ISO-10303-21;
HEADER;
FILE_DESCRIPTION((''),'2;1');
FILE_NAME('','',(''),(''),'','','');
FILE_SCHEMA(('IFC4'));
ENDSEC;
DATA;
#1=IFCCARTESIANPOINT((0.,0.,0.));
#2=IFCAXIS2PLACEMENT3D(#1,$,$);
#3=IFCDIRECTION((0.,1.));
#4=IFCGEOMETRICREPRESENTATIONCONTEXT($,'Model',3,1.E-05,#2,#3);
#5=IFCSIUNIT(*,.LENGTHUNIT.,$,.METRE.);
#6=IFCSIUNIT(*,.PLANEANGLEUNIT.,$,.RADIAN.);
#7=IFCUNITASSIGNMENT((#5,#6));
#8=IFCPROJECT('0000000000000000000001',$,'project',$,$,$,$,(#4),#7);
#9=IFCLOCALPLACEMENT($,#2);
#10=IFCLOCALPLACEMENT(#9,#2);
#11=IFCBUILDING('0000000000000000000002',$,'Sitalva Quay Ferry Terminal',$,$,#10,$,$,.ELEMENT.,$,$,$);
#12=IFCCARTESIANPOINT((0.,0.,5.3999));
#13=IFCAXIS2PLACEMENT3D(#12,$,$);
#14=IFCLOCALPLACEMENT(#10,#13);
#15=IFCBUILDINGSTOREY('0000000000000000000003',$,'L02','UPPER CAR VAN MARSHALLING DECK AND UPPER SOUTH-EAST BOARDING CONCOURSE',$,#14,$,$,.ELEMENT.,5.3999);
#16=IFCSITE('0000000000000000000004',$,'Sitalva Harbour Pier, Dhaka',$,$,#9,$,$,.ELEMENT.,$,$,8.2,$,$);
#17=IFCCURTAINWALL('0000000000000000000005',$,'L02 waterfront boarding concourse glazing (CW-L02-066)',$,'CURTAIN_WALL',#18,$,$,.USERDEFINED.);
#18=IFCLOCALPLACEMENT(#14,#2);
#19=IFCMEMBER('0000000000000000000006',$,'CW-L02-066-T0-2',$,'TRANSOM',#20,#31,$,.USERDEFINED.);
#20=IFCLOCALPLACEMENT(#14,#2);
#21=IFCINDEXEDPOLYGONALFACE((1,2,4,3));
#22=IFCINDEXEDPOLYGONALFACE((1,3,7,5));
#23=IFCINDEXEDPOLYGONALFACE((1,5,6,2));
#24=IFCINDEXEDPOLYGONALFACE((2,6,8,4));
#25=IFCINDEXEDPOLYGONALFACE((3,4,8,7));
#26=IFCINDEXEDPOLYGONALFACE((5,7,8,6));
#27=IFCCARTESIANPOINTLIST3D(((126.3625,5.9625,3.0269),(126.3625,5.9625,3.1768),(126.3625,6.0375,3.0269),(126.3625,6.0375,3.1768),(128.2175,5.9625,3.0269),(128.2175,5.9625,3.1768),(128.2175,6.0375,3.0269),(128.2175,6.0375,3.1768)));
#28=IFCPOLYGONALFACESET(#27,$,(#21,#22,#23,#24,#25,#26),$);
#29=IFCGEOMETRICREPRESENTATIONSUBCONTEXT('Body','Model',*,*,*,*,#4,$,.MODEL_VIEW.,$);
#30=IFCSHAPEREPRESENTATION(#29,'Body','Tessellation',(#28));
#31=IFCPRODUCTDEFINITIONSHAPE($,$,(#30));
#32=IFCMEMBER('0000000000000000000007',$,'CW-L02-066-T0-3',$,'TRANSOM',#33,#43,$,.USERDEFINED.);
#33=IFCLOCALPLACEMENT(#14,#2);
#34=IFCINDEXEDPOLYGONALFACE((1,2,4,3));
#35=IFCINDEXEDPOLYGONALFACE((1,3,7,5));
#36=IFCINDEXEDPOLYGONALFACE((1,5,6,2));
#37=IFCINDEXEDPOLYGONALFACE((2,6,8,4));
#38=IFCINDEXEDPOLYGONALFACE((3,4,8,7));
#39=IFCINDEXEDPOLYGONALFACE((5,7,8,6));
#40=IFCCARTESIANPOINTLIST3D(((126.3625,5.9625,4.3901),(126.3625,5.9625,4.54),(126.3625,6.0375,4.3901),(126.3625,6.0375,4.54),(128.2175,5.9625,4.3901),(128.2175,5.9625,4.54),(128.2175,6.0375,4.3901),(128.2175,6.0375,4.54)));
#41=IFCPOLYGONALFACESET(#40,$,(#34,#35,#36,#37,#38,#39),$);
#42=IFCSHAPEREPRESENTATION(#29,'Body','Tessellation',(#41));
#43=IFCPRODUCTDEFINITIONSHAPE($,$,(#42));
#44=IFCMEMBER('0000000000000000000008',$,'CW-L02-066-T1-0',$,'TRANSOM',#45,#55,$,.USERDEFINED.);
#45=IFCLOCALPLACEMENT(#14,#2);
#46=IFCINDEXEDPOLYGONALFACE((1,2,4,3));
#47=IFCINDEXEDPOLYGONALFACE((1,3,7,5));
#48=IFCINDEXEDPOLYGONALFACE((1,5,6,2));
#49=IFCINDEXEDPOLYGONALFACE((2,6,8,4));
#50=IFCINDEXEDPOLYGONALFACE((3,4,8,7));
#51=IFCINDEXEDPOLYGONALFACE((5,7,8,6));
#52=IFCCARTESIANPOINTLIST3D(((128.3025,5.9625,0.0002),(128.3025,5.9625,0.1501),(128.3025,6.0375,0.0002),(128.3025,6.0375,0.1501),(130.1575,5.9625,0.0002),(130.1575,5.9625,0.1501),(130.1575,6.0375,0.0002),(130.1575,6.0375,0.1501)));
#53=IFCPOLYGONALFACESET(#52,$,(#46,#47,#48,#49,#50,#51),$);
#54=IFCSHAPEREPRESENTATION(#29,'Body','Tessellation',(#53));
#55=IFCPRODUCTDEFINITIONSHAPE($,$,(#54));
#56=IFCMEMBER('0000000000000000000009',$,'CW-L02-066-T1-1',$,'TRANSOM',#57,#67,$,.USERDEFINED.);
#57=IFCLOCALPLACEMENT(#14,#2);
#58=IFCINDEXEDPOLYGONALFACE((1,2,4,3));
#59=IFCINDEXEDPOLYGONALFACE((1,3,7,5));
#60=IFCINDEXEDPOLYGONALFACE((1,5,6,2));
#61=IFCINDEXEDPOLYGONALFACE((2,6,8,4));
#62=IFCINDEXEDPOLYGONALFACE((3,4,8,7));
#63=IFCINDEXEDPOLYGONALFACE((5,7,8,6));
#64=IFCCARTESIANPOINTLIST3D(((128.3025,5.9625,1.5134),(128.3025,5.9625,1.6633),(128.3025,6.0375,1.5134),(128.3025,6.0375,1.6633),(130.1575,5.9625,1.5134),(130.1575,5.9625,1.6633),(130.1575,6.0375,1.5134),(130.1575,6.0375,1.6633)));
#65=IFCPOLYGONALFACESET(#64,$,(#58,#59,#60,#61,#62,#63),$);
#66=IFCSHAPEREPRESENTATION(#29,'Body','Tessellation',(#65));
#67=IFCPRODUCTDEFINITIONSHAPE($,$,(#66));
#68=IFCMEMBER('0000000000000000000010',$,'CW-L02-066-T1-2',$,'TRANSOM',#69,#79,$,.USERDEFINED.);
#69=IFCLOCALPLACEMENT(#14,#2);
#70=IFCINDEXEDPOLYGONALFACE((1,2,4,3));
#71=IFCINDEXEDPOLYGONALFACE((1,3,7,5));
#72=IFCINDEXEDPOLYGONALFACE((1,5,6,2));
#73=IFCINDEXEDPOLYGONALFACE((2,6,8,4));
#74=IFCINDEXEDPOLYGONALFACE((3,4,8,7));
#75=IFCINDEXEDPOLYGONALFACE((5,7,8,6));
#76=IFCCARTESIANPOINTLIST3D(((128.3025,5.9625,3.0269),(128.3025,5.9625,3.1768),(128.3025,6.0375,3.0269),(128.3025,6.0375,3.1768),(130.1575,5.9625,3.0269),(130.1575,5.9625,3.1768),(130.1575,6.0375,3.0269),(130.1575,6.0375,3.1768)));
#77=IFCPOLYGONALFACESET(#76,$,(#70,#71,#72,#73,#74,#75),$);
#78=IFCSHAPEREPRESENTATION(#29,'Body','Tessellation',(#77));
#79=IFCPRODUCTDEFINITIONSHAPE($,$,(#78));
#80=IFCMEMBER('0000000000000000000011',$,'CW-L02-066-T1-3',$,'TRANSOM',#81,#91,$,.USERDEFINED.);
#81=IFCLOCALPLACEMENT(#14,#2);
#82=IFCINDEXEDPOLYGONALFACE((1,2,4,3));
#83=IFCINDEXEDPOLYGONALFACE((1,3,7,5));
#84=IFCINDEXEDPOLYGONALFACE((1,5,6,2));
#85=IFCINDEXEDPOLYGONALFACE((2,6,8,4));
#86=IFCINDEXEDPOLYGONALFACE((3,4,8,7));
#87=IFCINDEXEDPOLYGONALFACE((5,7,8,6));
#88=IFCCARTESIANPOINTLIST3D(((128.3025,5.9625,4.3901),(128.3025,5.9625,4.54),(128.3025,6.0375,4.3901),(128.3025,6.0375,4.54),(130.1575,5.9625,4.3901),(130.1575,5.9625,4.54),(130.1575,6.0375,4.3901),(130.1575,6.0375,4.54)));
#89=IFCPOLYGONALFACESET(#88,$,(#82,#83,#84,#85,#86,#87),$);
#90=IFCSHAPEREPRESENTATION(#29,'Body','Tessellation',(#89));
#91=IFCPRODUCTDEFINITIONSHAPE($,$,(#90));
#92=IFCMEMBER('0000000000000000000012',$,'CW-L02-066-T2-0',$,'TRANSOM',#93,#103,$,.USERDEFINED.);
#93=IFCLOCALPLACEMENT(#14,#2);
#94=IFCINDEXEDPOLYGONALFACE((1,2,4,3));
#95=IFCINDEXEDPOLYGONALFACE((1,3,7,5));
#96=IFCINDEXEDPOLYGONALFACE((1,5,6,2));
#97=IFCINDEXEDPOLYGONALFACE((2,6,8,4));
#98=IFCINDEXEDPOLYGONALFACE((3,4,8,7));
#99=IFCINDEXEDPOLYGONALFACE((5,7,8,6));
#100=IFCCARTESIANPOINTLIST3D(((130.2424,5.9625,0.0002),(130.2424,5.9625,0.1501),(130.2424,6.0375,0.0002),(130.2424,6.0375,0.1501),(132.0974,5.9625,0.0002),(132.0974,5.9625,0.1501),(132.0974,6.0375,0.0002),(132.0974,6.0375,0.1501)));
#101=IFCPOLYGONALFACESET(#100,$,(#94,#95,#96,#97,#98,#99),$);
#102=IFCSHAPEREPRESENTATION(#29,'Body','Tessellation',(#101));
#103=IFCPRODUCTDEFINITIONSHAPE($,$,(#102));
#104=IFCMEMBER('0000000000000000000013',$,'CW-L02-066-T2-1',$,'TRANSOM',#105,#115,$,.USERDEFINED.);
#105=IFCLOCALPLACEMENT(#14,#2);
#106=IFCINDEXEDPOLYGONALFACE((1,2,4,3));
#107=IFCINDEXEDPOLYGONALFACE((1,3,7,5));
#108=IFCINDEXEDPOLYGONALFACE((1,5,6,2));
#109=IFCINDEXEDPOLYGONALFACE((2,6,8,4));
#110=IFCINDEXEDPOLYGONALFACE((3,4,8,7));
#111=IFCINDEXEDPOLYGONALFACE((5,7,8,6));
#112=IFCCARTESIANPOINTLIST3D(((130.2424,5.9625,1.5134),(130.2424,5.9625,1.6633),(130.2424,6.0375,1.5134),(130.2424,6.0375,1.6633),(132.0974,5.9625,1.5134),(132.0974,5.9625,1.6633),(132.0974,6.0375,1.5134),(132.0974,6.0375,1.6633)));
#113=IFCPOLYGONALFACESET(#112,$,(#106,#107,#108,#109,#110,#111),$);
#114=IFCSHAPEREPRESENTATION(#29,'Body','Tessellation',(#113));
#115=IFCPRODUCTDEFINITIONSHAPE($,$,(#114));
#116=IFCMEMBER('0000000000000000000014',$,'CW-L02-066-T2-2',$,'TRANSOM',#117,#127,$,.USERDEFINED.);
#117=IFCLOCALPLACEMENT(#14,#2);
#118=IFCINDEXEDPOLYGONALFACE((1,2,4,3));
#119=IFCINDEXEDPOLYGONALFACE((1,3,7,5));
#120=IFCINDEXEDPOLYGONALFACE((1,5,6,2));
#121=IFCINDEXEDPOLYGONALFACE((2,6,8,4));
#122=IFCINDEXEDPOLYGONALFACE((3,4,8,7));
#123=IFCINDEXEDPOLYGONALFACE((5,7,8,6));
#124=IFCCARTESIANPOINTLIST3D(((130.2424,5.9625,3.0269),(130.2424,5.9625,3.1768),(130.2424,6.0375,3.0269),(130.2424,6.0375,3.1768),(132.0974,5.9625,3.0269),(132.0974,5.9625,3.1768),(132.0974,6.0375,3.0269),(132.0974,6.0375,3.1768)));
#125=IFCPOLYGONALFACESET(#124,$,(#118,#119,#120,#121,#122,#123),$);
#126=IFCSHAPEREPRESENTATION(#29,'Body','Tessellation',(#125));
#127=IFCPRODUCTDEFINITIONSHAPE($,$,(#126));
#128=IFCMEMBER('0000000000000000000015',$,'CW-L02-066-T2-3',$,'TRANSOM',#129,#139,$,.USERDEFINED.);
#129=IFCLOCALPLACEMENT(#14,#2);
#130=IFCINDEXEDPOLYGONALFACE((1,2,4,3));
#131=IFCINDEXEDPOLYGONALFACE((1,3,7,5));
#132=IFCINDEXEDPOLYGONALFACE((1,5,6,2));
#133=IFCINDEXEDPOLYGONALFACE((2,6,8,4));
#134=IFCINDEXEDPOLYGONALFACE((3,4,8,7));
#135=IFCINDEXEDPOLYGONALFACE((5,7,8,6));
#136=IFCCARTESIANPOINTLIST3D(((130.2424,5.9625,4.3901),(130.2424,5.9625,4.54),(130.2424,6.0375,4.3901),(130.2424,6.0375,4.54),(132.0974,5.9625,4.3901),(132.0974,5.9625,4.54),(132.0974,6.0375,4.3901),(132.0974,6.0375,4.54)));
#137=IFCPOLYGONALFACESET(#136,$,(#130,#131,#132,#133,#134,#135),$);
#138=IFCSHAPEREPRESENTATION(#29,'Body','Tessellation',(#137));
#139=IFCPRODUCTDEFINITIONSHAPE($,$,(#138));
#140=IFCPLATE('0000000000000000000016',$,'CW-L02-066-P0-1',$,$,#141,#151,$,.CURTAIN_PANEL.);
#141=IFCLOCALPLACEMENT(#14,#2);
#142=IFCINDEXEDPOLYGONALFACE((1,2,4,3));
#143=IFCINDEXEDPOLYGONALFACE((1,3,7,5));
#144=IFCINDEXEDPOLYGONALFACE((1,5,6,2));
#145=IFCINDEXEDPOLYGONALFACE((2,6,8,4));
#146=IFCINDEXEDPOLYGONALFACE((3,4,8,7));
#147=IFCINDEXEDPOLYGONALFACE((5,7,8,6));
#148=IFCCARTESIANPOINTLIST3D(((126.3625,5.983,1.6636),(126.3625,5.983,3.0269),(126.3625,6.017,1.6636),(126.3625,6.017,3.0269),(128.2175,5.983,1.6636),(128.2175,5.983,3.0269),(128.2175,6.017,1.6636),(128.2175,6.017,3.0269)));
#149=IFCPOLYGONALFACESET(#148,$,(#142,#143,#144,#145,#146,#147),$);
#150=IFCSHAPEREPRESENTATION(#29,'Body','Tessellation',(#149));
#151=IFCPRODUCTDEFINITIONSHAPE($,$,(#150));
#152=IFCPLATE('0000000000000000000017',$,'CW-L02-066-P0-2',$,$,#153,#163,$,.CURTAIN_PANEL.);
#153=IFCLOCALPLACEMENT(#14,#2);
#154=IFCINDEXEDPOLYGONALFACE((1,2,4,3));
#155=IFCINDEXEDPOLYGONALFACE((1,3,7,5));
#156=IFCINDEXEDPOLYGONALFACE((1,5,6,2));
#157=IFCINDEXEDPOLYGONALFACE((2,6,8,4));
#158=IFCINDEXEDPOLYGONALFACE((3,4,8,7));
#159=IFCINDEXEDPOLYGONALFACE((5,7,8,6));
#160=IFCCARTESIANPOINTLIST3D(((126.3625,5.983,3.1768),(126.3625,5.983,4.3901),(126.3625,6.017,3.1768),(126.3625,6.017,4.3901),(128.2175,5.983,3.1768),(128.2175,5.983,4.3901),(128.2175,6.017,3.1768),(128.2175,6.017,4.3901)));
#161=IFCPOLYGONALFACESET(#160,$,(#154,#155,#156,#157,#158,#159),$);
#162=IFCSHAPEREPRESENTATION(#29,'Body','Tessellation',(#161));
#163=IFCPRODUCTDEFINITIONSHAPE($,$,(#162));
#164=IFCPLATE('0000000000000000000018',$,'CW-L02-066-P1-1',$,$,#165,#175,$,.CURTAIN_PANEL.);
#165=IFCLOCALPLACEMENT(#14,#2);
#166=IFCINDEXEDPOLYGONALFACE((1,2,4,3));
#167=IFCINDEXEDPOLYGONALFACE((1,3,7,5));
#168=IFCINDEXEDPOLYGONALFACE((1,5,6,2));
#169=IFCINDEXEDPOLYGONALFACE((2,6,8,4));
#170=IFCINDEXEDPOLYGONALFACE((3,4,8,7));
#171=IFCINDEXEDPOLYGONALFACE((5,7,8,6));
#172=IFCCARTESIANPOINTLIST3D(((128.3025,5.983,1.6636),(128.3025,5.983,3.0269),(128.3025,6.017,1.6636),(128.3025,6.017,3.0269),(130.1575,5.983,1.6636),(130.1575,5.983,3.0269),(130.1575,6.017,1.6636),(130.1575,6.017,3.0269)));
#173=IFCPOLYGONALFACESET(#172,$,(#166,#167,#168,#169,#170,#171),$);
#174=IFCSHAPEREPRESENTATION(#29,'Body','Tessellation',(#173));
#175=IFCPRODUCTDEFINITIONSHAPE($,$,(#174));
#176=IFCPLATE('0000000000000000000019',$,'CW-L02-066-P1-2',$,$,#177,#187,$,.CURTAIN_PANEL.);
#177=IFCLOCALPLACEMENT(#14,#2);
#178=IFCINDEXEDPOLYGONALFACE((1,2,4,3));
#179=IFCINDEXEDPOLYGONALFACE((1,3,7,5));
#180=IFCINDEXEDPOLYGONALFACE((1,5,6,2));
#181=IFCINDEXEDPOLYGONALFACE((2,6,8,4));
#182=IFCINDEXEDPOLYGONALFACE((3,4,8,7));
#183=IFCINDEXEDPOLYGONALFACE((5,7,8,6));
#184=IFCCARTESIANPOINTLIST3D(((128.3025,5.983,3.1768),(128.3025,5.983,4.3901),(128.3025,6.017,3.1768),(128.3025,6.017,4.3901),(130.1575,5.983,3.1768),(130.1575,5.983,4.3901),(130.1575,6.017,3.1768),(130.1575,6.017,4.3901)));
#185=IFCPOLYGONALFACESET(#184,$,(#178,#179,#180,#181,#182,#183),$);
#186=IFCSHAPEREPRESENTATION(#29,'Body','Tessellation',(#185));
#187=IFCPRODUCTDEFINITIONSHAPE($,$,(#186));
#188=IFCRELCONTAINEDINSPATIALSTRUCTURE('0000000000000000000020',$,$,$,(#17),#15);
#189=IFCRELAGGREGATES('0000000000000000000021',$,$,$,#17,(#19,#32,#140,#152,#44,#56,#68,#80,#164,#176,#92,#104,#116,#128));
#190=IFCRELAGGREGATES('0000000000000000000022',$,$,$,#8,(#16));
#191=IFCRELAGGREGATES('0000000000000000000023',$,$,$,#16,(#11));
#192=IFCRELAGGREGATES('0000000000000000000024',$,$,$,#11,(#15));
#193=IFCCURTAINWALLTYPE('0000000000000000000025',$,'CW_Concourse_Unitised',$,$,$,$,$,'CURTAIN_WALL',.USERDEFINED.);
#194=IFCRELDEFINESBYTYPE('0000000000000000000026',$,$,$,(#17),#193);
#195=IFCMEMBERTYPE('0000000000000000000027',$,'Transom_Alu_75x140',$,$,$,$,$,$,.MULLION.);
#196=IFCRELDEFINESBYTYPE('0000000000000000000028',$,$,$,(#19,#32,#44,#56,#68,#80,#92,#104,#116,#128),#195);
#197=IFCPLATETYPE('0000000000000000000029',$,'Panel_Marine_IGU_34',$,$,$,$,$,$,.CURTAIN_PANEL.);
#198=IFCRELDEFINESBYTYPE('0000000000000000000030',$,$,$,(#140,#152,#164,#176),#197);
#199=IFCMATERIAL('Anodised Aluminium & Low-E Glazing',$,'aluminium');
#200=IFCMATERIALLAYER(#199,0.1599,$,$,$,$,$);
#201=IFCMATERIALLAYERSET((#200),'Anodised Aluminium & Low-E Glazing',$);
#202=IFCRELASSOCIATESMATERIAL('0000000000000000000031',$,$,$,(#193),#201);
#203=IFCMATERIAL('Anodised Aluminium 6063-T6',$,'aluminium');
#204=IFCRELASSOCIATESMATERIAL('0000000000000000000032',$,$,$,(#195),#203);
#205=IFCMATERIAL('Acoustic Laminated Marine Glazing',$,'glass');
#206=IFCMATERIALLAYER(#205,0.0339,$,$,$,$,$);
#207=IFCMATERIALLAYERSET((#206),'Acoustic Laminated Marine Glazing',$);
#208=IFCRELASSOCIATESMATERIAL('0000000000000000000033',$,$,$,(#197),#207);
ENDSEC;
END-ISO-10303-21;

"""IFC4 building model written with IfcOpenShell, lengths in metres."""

from ifc_helpers import new_model, si_unit, direction, frame, origin, origin_2d, place, context, subcontext, project, spatial, rectangle, extrude, material, layer, layer_set, material_profile, profile_set, type_object, element, aggregate, save


model = new_model("IFC4")

# Units and contexts
model_context = context("Model", 3, precision=1e-05, world=origin(), true_north=direction((0.0, 1.0)))
body_context = subcontext(model_context, "Body", "Model", "MODEL_VIEW")
ifc_project = project(units=[si_unit("LENGTHUNIT", "METRE"), si_unit("PLANEANGLEUNIT", "RADIAN")], contexts=[model_context])

# Site, building, storey
site_placement = place(None, origin())
site = spatial("IfcSite", under=ifc_project, at=site_placement, Name="Sitalva Harbour Pier, Dhaka", CompositionType="ELEMENT", RefElevation=8.2)
building_placement = place(site_placement, origin())
building = spatial("IfcBuilding", under=site, at=building_placement, Name="Sitalva Quay Ferry Terminal", CompositionType="ELEMENT")
storey_placement = place(building_placement, frame((0.0, 0.0, 5.3999)))
storey = spatial("IfcBuildingStorey", under=building, at=storey_placement, Name="L02", Description="UPPER CAR VAN MARSHALLING DECK AND UPPER SOUTH-EAST BOARDING CONCOURSE", CompositionType="ELEMENT", Elevation=5.3999)

# Curtain wall
ifc_material_1 = material(Name="Anodised Aluminium & Low-E Glazing", Category="aluminium")
ifc_layer_1 = layer(ifc_material_1, 0.1599)
ifc_layer_set_1 = layer_set([ifc_layer_1], Name="Anodised Aluminium & Low-E Glazing")
curtain_wall_type = type_object("IfcCurtainWallType", Name="CW_Concourse_Unitised", ElementType="CURTAIN_WALL", PredefinedType="USERDEFINED", material=ifc_layer_set_1)
curtain_wall_placement = place(storey_placement, origin())
curtain_wall = element("IfcCurtainWall", 1, at=curtain_wall_placement, inside=storey, type_object=curtain_wall_type, Name="L02 waterfront boarding concourse glazing (CW-L02-066)", ObjectType="CURTAIN_WALL", PredefinedType="USERDEFINED")

# Members
ifc_material_2 = material(Name="Anodised Aluminium 6063-T6", Category="aluminium")
ifc_material_profile_1 = material_profile(ifc_material_2, rectangle(XDim=0.075, YDim=0.1499, at=origin_2d()), Name="ALU75x150")
ifc_profile_set_1 = profile_set([ifc_material_profile_1], Name="Anodised Aluminium 6063-T6")
member_type_1 = type_object("IfcMemberType", Name="Transom_Alu_75x140", PredefinedType="MULLION", material=ifc_profile_set_1)
member_1_placement = place(storey_placement, frame((126.3625, 6.0, 3.1018), z_axis=(1.0, 0.0, 0.0), x_axis=(0.0, 1.0, 0.0)))
member_1 = element("IfcMember", 2, at=member_1_placement, type_object=member_type_1, Name="CW-L02-066-T0-2", ObjectType="TRANSOM", PredefinedType="USERDEFINED", context=body_context, shape_type="SweptSolid", body=[
    extrude(rectangle(XDim=0.075, YDim=0.1499, at=origin_2d()), origin(), (0.0, 0.0, 1.0), 1.855),
])
member_2_placement = place(storey_placement, frame((126.3625, 6.0, 4.4651), z_axis=(1.0, 0.0, 0.0), x_axis=(0.0, 1.0, 0.0)))
member_2 = element("IfcMember", 3, at=member_2_placement, type_object=member_type_1, Name="CW-L02-066-T0-3", ObjectType="TRANSOM", PredefinedType="USERDEFINED", context=body_context, shape_type="SweptSolid", body=[
    extrude(rectangle(XDim=0.075, YDim=0.1499, at=origin_2d()), origin(), (0.0, 0.0, 1.0), 1.855),
])
member_3_placement = place(storey_placement, frame((128.3025, 6.0, 0.0752), z_axis=(1.0, 0.0, 0.0), x_axis=(0.0, 1.0, 0.0)))
member_3 = element("IfcMember", 4, at=member_3_placement, type_object=member_type_1, Name="CW-L02-066-T1-0", ObjectType="TRANSOM", PredefinedType="USERDEFINED", context=body_context, shape_type="SweptSolid", body=[
    extrude(rectangle(XDim=0.075, YDim=0.1499, at=origin_2d()), origin(), (0.0, 0.0, 1.0), 1.855),
])
member_4_placement = place(storey_placement, frame((128.3025, 6.0, 1.5884), z_axis=(1.0, 0.0, 0.0), x_axis=(0.0, 1.0, 0.0)))
member_4 = element("IfcMember", 5, at=member_4_placement, type_object=member_type_1, Name="CW-L02-066-T1-1", ObjectType="TRANSOM", PredefinedType="USERDEFINED", context=body_context, shape_type="SweptSolid", body=[
    extrude(rectangle(XDim=0.075, YDim=0.1499, at=origin_2d()), origin(), (0.0, 0.0, 1.0), 1.855),
])
member_5_placement = place(storey_placement, frame((128.3025, 6.0, 3.1018), z_axis=(1.0, 0.0, 0.0), x_axis=(0.0, 1.0, 0.0)))
member_5 = element("IfcMember", 6, at=member_5_placement, type_object=member_type_1, Name="CW-L02-066-T1-2", ObjectType="TRANSOM", PredefinedType="USERDEFINED", context=body_context, shape_type="SweptSolid", body=[
    extrude(rectangle(XDim=0.075, YDim=0.1499, at=origin_2d()), origin(), (0.0, 0.0, 1.0), 1.855),
])
member_6_placement = place(storey_placement, frame((128.3025, 6.0, 4.4651), z_axis=(1.0, 0.0, 0.0), x_axis=(0.0, 1.0, 0.0)))
member_6 = element("IfcMember", 7, at=member_6_placement, type_object=member_type_1, Name="CW-L02-066-T1-3", ObjectType="TRANSOM", PredefinedType="USERDEFINED", context=body_context, shape_type="SweptSolid", body=[
    extrude(rectangle(XDim=0.075, YDim=0.1499, at=origin_2d()), origin(), (0.0, 0.0, 1.0), 1.855),
])
member_7_placement = place(storey_placement, frame((130.2424, 6.0, 0.0752), z_axis=(1.0, 0.0, 0.0), x_axis=(0.0, 1.0, 0.0)))
member_7 = element("IfcMember", 8, at=member_7_placement, type_object=member_type_1, Name="CW-L02-066-T2-0", ObjectType="TRANSOM", PredefinedType="USERDEFINED", context=body_context, shape_type="SweptSolid", body=[
    extrude(rectangle(XDim=0.075, YDim=0.1499, at=origin_2d()), origin(), (0.0, 0.0, 1.0), 1.855),
])
member_8_placement = place(storey_placement, frame((130.2424, 6.0, 1.5884), z_axis=(1.0, 0.0, 0.0), x_axis=(0.0, 1.0, 0.0)))
member_8 = element("IfcMember", 9, at=member_8_placement, type_object=member_type_1, Name="CW-L02-066-T2-1", ObjectType="TRANSOM", PredefinedType="USERDEFINED", context=body_context, shape_type="SweptSolid", body=[
    extrude(rectangle(XDim=0.075, YDim=0.1499, at=origin_2d()), origin(), (0.0, 0.0, 1.0), 1.855),
])
member_9_placement = place(storey_placement, frame((130.2424, 6.0, 3.1018), z_axis=(1.0, 0.0, 0.0), x_axis=(0.0, 1.0, 0.0)))
member_9 = element("IfcMember", 10, at=member_9_placement, type_object=member_type_1, Name="CW-L02-066-T2-2", ObjectType="TRANSOM", PredefinedType="USERDEFINED", context=body_context, shape_type="SweptSolid", body=[
    extrude(rectangle(XDim=0.075, YDim=0.1499, at=origin_2d()), origin(), (0.0, 0.0, 1.0), 1.855),
])
member_10_placement = place(storey_placement, frame((130.2424, 6.0, 4.4651), z_axis=(1.0, 0.0, 0.0), x_axis=(0.0, 1.0, 0.0)))
member_10 = element("IfcMember", 11, at=member_10_placement, type_object=member_type_1, Name="CW-L02-066-T2-3", ObjectType="TRANSOM", PredefinedType="USERDEFINED", context=body_context, shape_type="SweptSolid", body=[
    extrude(rectangle(XDim=0.075, YDim=0.1499, at=origin_2d()), origin(), (0.0, 0.0, 1.0), 1.855),
])

# Plates
ifc_material_3 = material(Name="Acoustic Laminated Marine Glazing", Category="glass")
ifc_layer_2 = layer(ifc_material_3, 0.0339)
ifc_layer_set_2 = layer_set([ifc_layer_2], Name="Acoustic Laminated Marine Glazing")
plate_type_1 = type_object("IfcPlateType", Name="Panel_Marine_IGU_34", PredefinedType="CURTAIN_PANEL", material=ifc_layer_set_2)
plate_1_placement = place(storey_placement, frame((127.29, 6.0, 1.6636), z_axis=(0.0, 0.0, 1.0), x_axis=(1.0, 0.0, 0.0)))
plate_1 = element("IfcPlate", 12, at=plate_1_placement, type_object=plate_type_1, Name="CW-L02-066-P0-1", PredefinedType="CURTAIN_PANEL", context=body_context, shape_type="SweptSolid", body=[
    extrude(rectangle(XDim=1.855, YDim=0.0339, at=origin_2d()), origin(), (0.0, 0.0, 1.0), 1.3633),
])
plate_2_placement = place(storey_placement, frame((127.29, 6.0, 3.1768), z_axis=(0.0, 0.0, 1.0), x_axis=(1.0, 0.0, 0.0)))
plate_2 = element("IfcPlate", 13, at=plate_2_placement, type_object=plate_type_1, Name="CW-L02-066-P0-2", PredefinedType="CURTAIN_PANEL", context=body_context, shape_type="SweptSolid", body=[
    extrude(rectangle(XDim=1.855, YDim=0.0339, at=origin_2d()), origin(), (0.0, 0.0, 1.0), 1.2134),
])
plate_3_placement = place(storey_placement, frame((129.23, 6.0, 1.6636), z_axis=(0.0, 0.0, 1.0), x_axis=(1.0, 0.0, 0.0)))
plate_3 = element("IfcPlate", 14, at=plate_3_placement, type_object=plate_type_1, Name="CW-L02-066-P1-1", PredefinedType="CURTAIN_PANEL", context=body_context, shape_type="SweptSolid", body=[
    extrude(rectangle(XDim=1.855, YDim=0.0339, at=origin_2d()), origin(), (0.0, 0.0, 1.0), 1.3633),
])
plate_4_placement = place(storey_placement, frame((129.23, 6.0, 3.1768), z_axis=(0.0, 0.0, 1.0), x_axis=(1.0, 0.0, 0.0)))
plate_4 = element("IfcPlate", 15, at=plate_4_placement, type_object=plate_type_1, Name="CW-L02-066-P1-2", PredefinedType="CURTAIN_PANEL", context=body_context, shape_type="SweptSolid", body=[
    extrude(rectangle(XDim=1.855, YDim=0.0339, at=origin_2d()), origin(), (0.0, 0.0, 1.0), 1.2134),
])
aggregate(curtain_wall, [member_1, member_2, plate_1, plate_2, member_3, member_4, member_5, member_6, plate_3, plate_4, member_7, member_8, member_9, member_10])

save(model, "model.ifc")
